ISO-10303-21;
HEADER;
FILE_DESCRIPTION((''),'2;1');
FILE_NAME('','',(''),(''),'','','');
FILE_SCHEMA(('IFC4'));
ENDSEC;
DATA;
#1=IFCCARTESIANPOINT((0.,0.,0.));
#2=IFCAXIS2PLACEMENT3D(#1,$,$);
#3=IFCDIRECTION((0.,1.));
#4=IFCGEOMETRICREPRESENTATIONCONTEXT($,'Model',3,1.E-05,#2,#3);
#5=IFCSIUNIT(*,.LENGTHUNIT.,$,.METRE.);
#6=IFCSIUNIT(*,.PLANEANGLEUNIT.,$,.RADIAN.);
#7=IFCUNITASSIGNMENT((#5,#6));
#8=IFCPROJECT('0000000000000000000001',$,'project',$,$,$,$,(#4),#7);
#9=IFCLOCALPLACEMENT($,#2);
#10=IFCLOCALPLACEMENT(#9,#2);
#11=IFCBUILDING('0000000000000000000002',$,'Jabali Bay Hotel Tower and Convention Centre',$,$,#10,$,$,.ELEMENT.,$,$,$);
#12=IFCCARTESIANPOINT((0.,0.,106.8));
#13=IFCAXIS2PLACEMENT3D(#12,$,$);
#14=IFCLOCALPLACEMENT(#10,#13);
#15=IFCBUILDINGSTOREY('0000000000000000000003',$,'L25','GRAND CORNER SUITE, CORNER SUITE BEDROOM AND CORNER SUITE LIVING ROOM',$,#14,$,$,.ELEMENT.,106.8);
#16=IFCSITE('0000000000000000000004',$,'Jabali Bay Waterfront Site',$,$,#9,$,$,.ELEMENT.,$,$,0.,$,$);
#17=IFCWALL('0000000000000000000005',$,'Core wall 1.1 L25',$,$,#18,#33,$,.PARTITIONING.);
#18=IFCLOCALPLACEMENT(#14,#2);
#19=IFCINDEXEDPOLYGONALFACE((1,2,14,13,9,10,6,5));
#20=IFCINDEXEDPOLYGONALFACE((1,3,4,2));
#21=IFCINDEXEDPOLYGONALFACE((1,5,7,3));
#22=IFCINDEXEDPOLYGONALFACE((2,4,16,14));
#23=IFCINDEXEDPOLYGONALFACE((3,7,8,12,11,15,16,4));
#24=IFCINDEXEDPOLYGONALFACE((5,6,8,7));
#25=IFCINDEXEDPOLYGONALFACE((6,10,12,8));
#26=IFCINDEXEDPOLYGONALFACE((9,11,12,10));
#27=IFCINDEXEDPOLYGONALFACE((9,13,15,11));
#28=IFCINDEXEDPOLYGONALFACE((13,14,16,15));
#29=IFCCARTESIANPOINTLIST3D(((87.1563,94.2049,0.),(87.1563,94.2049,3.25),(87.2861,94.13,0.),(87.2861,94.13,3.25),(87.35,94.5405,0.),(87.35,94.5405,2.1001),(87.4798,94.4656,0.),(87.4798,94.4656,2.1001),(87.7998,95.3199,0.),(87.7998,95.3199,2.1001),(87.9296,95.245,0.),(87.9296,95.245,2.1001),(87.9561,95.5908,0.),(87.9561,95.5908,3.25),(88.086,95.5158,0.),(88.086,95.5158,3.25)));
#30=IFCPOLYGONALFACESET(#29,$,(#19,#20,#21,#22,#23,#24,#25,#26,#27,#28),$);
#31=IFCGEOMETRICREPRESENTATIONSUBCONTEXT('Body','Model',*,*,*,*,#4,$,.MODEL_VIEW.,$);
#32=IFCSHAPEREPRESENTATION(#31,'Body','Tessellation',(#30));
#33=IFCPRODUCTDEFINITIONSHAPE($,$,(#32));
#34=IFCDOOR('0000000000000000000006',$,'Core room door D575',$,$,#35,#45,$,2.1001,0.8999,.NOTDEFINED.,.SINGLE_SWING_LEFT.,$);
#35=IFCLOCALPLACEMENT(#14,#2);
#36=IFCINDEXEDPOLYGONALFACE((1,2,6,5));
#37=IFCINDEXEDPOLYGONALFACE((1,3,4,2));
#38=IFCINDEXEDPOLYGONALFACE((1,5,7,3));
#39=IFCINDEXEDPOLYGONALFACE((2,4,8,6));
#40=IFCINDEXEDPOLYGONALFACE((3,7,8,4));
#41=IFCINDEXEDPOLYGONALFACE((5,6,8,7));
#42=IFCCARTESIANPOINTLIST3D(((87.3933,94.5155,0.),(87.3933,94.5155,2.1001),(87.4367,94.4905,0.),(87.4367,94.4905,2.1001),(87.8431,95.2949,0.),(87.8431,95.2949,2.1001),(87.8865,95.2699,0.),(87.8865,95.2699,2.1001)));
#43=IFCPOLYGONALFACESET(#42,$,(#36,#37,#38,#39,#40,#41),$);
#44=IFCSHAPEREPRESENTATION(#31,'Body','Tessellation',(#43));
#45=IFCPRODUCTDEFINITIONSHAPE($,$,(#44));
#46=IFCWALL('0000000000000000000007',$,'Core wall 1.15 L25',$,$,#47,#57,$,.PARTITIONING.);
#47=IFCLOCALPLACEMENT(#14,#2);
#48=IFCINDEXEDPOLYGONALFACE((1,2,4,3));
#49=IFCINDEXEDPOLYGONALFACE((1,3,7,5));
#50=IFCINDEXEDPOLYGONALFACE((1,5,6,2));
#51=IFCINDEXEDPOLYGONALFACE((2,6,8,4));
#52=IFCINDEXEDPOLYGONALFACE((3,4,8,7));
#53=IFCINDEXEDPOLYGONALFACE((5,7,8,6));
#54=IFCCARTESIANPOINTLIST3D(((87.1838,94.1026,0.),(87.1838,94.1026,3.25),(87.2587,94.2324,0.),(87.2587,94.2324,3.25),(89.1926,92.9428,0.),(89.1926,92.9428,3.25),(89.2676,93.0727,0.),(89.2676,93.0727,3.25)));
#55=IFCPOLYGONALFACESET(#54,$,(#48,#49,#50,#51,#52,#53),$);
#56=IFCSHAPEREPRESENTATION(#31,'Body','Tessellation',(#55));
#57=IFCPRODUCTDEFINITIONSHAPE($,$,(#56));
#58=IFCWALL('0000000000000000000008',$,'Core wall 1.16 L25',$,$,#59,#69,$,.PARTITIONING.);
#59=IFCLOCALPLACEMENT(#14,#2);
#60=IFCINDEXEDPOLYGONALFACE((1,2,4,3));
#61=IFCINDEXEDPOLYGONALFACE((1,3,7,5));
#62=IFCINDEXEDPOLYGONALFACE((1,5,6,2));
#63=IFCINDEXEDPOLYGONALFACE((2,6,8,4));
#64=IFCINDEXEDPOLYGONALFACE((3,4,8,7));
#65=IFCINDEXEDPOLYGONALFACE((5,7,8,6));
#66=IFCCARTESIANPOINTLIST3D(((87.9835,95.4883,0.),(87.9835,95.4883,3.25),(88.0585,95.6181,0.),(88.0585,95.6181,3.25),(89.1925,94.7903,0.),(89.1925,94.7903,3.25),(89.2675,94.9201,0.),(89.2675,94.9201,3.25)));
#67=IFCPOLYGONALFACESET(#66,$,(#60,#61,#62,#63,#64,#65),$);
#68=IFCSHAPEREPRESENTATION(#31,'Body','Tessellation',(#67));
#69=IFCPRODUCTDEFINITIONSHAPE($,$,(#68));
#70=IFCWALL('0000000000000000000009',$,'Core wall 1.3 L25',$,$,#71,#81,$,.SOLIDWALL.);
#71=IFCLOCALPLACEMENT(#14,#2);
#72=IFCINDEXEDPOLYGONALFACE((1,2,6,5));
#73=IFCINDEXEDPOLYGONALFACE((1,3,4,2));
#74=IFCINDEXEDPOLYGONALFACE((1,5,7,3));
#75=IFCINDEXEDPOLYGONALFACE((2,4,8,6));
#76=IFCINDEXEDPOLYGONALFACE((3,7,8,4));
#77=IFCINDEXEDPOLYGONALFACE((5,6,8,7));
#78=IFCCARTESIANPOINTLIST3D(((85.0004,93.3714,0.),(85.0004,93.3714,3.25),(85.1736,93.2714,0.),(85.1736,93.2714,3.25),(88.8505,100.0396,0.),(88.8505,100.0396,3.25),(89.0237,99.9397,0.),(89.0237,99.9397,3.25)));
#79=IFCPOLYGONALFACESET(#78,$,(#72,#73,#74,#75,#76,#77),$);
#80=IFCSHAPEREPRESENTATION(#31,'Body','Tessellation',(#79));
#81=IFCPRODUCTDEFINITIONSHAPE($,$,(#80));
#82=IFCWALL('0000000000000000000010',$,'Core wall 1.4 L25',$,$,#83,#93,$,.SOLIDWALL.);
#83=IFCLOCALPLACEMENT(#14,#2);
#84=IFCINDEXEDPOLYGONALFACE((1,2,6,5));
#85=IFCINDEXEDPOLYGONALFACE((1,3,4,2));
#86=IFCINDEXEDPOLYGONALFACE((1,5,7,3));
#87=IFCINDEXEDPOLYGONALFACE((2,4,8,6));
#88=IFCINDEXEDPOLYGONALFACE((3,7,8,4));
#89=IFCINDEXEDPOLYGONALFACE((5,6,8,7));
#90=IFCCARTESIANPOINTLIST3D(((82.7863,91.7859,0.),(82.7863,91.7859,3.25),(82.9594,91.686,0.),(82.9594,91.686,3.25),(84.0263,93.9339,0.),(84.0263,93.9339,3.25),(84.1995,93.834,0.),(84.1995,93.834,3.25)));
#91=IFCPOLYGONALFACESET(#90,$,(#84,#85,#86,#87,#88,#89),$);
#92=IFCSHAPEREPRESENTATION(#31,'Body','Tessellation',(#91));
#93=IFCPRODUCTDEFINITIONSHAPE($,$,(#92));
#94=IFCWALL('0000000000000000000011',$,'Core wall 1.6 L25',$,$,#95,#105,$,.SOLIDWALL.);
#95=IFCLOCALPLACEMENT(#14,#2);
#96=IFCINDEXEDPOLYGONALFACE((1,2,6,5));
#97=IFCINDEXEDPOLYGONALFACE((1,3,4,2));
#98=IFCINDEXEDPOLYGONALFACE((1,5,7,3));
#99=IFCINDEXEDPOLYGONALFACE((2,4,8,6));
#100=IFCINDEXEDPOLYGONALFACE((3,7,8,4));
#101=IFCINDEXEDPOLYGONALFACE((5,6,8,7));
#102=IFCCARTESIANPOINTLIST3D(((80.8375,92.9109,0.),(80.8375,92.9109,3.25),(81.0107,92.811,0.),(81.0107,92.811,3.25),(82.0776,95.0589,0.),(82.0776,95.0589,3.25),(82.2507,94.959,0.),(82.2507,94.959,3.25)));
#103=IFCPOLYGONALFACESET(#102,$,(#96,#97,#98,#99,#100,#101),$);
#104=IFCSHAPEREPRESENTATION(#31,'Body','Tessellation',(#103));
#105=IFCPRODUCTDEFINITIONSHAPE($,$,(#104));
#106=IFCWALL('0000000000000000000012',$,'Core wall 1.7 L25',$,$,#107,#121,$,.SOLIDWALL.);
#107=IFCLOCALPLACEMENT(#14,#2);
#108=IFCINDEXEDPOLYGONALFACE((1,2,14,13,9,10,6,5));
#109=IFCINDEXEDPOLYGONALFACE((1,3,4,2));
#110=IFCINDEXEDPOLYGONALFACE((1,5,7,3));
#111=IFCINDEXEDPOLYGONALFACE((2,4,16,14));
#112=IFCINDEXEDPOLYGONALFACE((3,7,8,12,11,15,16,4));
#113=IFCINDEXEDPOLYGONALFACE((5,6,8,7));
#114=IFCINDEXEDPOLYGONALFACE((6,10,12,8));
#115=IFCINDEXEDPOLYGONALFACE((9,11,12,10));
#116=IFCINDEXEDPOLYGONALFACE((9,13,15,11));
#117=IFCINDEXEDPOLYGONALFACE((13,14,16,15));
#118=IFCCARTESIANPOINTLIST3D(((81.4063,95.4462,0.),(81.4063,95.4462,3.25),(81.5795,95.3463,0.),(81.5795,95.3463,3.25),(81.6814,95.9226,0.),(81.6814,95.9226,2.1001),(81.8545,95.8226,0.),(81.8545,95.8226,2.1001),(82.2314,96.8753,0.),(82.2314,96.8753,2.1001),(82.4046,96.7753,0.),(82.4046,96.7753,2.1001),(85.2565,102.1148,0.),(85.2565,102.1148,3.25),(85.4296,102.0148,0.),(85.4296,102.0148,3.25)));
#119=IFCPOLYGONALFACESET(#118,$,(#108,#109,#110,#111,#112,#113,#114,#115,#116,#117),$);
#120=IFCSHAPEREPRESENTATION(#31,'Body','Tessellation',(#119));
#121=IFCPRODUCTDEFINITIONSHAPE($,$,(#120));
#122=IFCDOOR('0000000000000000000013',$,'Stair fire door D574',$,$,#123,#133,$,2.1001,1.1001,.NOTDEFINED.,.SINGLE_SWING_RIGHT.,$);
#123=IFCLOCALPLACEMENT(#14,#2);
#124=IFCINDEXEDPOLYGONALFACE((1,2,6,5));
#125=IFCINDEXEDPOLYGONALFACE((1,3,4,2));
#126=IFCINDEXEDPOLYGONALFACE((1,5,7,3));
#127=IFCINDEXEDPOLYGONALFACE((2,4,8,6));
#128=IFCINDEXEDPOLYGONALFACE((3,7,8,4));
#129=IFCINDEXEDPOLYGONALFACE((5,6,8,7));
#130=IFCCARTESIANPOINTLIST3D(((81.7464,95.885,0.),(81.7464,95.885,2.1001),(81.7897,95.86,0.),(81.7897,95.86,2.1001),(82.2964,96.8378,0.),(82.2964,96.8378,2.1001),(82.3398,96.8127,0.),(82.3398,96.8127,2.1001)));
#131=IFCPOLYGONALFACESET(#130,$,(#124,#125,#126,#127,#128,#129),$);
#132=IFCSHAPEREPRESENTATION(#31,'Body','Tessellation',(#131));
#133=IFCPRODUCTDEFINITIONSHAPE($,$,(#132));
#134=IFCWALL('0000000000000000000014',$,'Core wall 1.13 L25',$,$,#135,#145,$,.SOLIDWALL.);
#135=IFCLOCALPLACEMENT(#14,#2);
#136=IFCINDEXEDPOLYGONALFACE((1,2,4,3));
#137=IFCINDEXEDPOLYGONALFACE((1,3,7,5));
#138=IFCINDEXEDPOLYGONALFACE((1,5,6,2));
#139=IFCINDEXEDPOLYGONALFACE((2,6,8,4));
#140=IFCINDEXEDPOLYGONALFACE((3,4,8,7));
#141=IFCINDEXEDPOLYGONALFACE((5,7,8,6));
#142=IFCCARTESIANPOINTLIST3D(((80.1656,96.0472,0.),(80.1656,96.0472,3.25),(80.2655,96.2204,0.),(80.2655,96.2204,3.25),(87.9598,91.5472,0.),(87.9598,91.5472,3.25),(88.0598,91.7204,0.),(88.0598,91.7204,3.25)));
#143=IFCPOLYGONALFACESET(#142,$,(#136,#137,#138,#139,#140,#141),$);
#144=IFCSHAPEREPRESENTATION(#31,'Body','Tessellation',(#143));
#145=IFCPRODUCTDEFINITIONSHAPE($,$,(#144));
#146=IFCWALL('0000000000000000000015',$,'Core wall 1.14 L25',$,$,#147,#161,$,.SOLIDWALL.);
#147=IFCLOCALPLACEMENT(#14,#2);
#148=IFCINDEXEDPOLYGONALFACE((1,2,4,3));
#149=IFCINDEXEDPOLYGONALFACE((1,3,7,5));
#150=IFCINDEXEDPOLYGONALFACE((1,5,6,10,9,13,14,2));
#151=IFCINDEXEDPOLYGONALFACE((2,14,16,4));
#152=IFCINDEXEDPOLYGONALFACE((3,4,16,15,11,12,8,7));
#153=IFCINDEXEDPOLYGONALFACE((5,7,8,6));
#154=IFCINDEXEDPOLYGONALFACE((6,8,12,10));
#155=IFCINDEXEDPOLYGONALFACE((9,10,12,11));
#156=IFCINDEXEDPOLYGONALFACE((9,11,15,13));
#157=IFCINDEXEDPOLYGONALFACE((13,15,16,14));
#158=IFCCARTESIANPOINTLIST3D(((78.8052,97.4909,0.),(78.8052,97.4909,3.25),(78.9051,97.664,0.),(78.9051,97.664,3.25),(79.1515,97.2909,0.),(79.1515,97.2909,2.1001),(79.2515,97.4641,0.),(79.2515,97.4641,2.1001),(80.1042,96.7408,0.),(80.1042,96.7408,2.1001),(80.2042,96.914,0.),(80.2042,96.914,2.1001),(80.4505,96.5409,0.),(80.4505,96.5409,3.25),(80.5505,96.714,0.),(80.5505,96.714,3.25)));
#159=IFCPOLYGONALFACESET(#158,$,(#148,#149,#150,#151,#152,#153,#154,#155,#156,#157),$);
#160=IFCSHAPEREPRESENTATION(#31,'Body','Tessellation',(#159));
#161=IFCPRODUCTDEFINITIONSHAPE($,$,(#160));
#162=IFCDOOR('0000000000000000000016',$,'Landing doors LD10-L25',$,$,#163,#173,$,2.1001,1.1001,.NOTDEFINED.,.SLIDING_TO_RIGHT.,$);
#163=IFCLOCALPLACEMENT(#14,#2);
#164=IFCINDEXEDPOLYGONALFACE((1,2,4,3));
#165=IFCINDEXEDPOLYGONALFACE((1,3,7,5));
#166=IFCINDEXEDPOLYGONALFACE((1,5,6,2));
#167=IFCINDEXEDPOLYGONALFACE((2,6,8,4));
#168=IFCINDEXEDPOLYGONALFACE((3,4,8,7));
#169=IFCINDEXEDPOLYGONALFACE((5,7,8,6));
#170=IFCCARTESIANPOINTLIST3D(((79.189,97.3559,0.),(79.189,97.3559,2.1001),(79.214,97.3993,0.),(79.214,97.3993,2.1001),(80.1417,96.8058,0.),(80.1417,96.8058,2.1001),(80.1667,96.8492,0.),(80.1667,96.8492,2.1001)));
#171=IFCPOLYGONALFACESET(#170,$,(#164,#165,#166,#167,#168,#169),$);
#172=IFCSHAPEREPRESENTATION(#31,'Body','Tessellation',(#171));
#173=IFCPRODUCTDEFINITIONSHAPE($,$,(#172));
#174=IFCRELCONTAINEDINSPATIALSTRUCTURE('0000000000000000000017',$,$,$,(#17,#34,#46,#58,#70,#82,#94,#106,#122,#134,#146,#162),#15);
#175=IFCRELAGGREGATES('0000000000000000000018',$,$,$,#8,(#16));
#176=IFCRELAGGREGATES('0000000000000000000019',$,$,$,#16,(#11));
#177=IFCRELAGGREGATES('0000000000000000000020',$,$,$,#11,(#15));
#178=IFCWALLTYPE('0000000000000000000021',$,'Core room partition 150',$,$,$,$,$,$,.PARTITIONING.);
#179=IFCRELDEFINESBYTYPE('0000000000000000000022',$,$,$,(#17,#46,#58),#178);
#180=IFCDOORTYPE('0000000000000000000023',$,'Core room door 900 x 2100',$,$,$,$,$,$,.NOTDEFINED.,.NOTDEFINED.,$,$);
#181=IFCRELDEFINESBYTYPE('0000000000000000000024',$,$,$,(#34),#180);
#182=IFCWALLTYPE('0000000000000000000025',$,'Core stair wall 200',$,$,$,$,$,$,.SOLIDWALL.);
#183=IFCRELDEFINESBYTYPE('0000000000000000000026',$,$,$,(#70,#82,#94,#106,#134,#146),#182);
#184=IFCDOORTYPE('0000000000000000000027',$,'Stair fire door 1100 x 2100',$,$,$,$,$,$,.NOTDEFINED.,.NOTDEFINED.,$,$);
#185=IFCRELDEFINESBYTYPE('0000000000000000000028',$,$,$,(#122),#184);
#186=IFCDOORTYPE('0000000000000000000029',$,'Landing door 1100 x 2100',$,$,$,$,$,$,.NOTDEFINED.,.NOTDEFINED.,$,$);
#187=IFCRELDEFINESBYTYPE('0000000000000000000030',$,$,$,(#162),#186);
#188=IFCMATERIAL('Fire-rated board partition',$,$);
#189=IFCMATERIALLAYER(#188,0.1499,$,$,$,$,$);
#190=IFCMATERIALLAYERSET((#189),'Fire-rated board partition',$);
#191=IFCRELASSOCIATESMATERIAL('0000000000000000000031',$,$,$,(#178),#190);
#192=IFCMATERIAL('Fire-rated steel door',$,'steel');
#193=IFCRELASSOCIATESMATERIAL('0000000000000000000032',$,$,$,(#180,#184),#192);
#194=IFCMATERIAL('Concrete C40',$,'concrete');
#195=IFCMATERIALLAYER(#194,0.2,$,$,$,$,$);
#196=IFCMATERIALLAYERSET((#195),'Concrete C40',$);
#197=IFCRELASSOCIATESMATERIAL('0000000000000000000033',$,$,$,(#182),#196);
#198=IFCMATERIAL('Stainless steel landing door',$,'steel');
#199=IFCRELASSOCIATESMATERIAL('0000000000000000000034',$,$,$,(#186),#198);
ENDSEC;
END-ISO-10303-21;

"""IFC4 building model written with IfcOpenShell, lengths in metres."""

from ifc_helpers import new_model, si_unit, direction, frame, frame_2d, origin, place, context, subcontext, project, spatial, rectangle, extrude, material, layer, layer_set, type_object, element, fill, save


model = new_model("IFC4")

# Units and contexts
model_context = context("Model", 3, precision=1e-05, world=origin(), true_north=direction((0.0, 1.0)))
body_context = subcontext(model_context, "Body", "Model", "MODEL_VIEW")
ifc_project = project(units=[si_unit("LENGTHUNIT", "METRE"), si_unit("PLANEANGLEUNIT", "RADIAN")], contexts=[model_context])

# Site, building, storey
site_placement = place(None, origin())
site = spatial("IfcSite", under=ifc_project, at=site_placement, Name="Jabali Bay Waterfront Site", CompositionType="ELEMENT", RefElevation=0.0)
building_placement = place(site_placement, origin())
building = spatial("IfcBuilding", under=site, at=building_placement, Name="Jabali Bay Hotel Tower and Convention Centre", CompositionType="ELEMENT")
storey_placement = place(building_placement, frame((0.0, 0.0, 106.8)))
storey = spatial("IfcBuildingStorey", under=building, at=storey_placement, Name="L25", Description="GRAND CORNER SUITE, CORNER SUITE BEDROOM AND CORNER SUITE LIVING ROOM", CompositionType="ELEMENT", Elevation=106.8)

# Wall, opening, door
ifc_material_1 = material(Name="Fire-rated board partition")
ifc_layer_1 = layer(ifc_material_1, 0.1499)
ifc_layer_set_1 = layer_set([ifc_layer_1], Name="Fire-rated board partition")
wall_type_1 = type_object("IfcWallType", Name="Core room partition 150", PredefinedType="PARTITIONING", material=ifc_layer_set_1)
wall_1_placement = place(storey_placement, frame((87.2212, 94.1675, 0.0), z_axis=(0.0, 0.0, 1.0), x_axis=(0.499881, 0.866094, 0.0)))
wall_1 = element("IfcWall", 1, at=wall_1_placement, inside=storey, type_object=wall_type_1, Name="Core wall 1.1 L25", PredefinedType="PARTITIONING", context=body_context, shape_type="SweptSolid", body=[
    extrude(rectangle(XDim=1.6001, YDim=0.1499, at=frame_2d((0.8, 0.0))), origin(), (0.0, 0.0, 1.0), 3.25),
])
opening_1_placement = place(wall_1_placement, frame((0.3875, 0.0, 0.0)))
opening_1 = element("IfcOpeningElement", 2, at=opening_1_placement, cuts=wall_1, PredefinedType="OPENING", context=body_context, shape_type="SweptSolid", body=[
    extrude(rectangle(XDim=0.8999, YDim=2.1001, at=frame_2d((0.45, 1.05))), frame((0.0, 0.0854, 0.0), z_axis=(0.0, -1.0, 0.0), x_axis=(1.0, 0.0, 0.0)), (0.0, 0.0, 1.0), 0.1709),
])
ifc_material_2 = material(Name="Fire-rated steel door", Category="steel")
door_type_1 = type_object("IfcDoorType", Name="Core room door 900 x 2100", OperationType="NOTDEFINED", PredefinedType="NOTDEFINED", material=ifc_material_2)
door_1_placement = place(opening_1_placement, origin())
door_1 = element("IfcDoor", 3, at=door_1_placement, inside=storey, type_object=door_type_1, Name="Core room door D575", OperationType="SINGLE_SWING_LEFT", OverallHeight=2.1001, OverallWidth=0.8999, PredefinedType="NOTDEFINED", context=body_context, shape_type="SweptSolid", body=[
    extrude(rectangle(XDim=0.8999, YDim=2.1001, at=frame_2d((0.45, 1.05))), frame((0.0, 0.0249, 0.0), z_axis=(0.0, -1.0, 0.0), x_axis=(1.0, 0.0, 0.0)), (0.0, 0.0, 1.0), 0.05),
])
fill(opening_1, door_1)

# Walls
wall_2_placement = place(storey_placement, frame((89.23, 93.0078, 0.0), z_axis=(0.0, 0.0, 1.0), x_axis=(-0.866045, 0.499965, 0.0)))
element("IfcWall", 4, at=wall_2_placement, inside=storey, type_object=wall_type_1, Name="Core wall 1.15 L25", PredefinedType="PARTITIONING", context=body_context, shape_type="SweptSolid", body=[
    extrude(rectangle(XDim=2.3196, YDim=0.1499, at=frame_2d((1.1597, 0.0))), origin(), (0.0, 0.0, 1.0), 3.25),
])
wall_3_placement = place(storey_placement, frame((89.23, 94.8552, 0.0), z_axis=(0.0, 0.0, 1.0), x_axis=(-0.866028, 0.499995, 0.0)))
element("IfcWall", 5, at=wall_3_placement, inside=storey, type_object=wall_type_1, Name="Core wall 1.16 L25", PredefinedType="PARTITIONING", context=body_context, shape_type="SweptSolid", body=[
    extrude(rectangle(XDim=1.396, YDim=0.1499, at=frame_2d((0.698, 0.0))), origin(), (0.0, 0.0, 1.0), 3.25),
])
ifc_material_3 = material(Name="Concrete C40", Category="concrete")
ifc_layer_2 = layer(ifc_material_3, 0.2)
ifc_layer_set_2 = layer_set([ifc_layer_2], Name="Concrete C40")
wall_type_2 = type_object("IfcWallType", Name="Core stair wall 200", PredefinedType="SOLIDWALL", material=ifc_layer_set_2)
wall_4_placement = place(storey_placement, frame((85.0869, 93.3213, 0.0), z_axis=(0.0, 0.0, 1.0), x_axis=(0.50002, 0.866014, 0.0)))
element("IfcWall", 6, at=wall_4_placement, inside=storey, type_object=wall_type_2, Name="Core wall 1.3 L25", PredefinedType="SOLIDWALL", context=body_context, shape_type="SweptSolid", body=[
    extrude(rectangle(XDim=7.7, YDim=0.2, at=frame_2d((3.8501, 0.0))), origin(), (0.0, 0.0, 1.0), 3.25),
])
for number, where, z_axis, x_axis, name in (
    (7, (82.8728, 91.7358, 0.0), (0.0, 0.0, 1.0), (0.499961, 0.866048, 0.0), "Core wall 1.4 L25"),
    (8, (80.9241, 92.8608, 0.0), (0.0, 0.0, 1.0), (0.499961, 0.866048, 0.0), "Core wall 1.6 L25"),
):
    element("IfcWall", number, at=place(storey_placement, frame(where, z_axis=z_axis, x_axis=x_axis)), inside=storey, type_object=wall_type_2, Name=name, PredefinedType="SOLIDWALL", context=body_context, shape_type="SweptSolid", body=[
        extrude(rectangle(XDim=2.4802, YDim=0.2, at=frame_2d((1.2402, 0.0))), origin(), (0.0, 0.0, 1.0), 3.25),
    ])

# Wall, opening, door
wall_5_placement = place(storey_placement, frame((81.4929, 95.3962, 0.0), z_axis=(0.0, 0.0, 1.0), x_axis=(0.500006, 0.866022, 0.0)))
wall_5 = element("IfcWall", 9, at=wall_5_placement, inside=storey, type_object=wall_type_2, Name="Core wall 1.7 L25", PredefinedType="SOLIDWALL", context=body_context, shape_type="SweptSolid", body=[
    extrude(rectangle(XDim=7.7002, YDim=0.2, at=frame_2d((3.8501, 0.0))), origin(), (0.0, 0.0, 1.0), 3.25),
])
opening_2_placement = place(wall_5_placement, frame((0.55, 0.0, 0.0)))
opening_2 = element("IfcOpeningElement", 10, at=opening_2_placement, cuts=wall_5, PredefinedType="OPENING", context=body_context, shape_type="SweptSolid", body=[
    extrude(rectangle(XDim=1.1001, YDim=2.1001, at=frame_2d((0.55, 1.05))), frame((0.0, 0.1104, 0.0), z_axis=(0.0, -1.0, 0.0), x_axis=(1.0, 0.0, 0.0)), (0.0, 0.0, 1.0), 0.2209),
])
door_type_2 = type_object("IfcDoorType", Name="Stair fire door 1100 x 2100", OperationType="NOTDEFINED", PredefinedType="NOTDEFINED", material=ifc_material_2)
door_2_placement = place(opening_2_placement, origin())
door_2 = element("IfcDoor", 11, at=door_2_placement, inside=storey, type_object=door_type_2, Name="Stair fire door D574", OperationType="SINGLE_SWING_RIGHT", OverallHeight=2.1001, OverallWidth=1.1001, PredefinedType="NOTDEFINED", context=body_context, shape_type="SweptSolid", body=[
    extrude(rectangle(XDim=1.1001, YDim=2.1001, at=frame_2d((0.55, 1.05))), frame((0.0, 0.0249, 0.0), z_axis=(0.0, -1.0, 0.0), x_axis=(1.0, 0.0, 0.0)), (0.0, 0.0, 1.0), 0.05),
])
fill(opening_2, door_2)

# Wall
wall_6_placement = place(storey_placement, frame((88.0098, 91.6338, 0.0), z_axis=(0.0, 0.0, 1.0), x_axis=(-0.866024, 0.500002, 0.0)))
element("IfcWall", 12, at=wall_6_placement, inside=storey, type_object=wall_type_2, Name="Core wall 1.13 L25", PredefinedType="SOLIDWALL", context=body_context, shape_type="SweptSolid", body=[
    extrude(rectangle(XDim=9.0, YDim=0.2, at=frame_2d((4.5, 0.0))), origin(), (0.0, 0.0, 1.0), 3.25),
])

# Wall, opening, door
wall_7_placement = place(storey_placement, frame((80.5005, 96.6274, 0.0), z_axis=(0.0, 0.0, 1.0), x_axis=(-0.866012, 0.500023, 0.0)))
wall_7 = element("IfcWall", 13, at=wall_7_placement, inside=storey, type_object=wall_type_2, Name="Core wall 1.14 L25", PredefinedType="SOLIDWALL", context=body_context, shape_type="SweptSolid", body=[
    extrude(rectangle(XDim=1.8999, YDim=0.2, at=frame_2d((0.95, 0.0))), origin(), (0.0, 0.0, 1.0), 3.25),
])
opening_3_placement = place(wall_7_placement, frame((0.3999, 0.0, 0.0)))
opening_3 = element("IfcOpeningElement", 14, at=opening_3_placement, cuts=wall_7, PredefinedType="OPENING", context=body_context, shape_type="SweptSolid", body=[
    extrude(rectangle(XDim=1.1001, YDim=2.1001, at=frame_2d((0.55, 1.05))), frame((0.0, 0.1104, 0.0), z_axis=(0.0, -1.0, 0.0), x_axis=(1.0, 0.0, 0.0)), (0.0, 0.0, 1.0), 0.2209),
])
ifc_material_4 = material(Name="Stainless steel landing door", Category="steel")
door_type_3 = type_object("IfcDoorType", Name="Landing door 1100 x 2100", OperationType="NOTDEFINED", PredefinedType="NOTDEFINED", material=ifc_material_4)
door_3_placement = place(opening_3_placement, origin())
door_3 = element("IfcDoor", 15, at=door_3_placement, inside=storey, type_object=door_type_3, Name="Landing doors LD10-L25", OperationType="SLIDING_TO_RIGHT", OverallHeight=2.1001, OverallWidth=1.1001, PredefinedType="NOTDEFINED", context=body_context, shape_type="SweptSolid", body=[
    extrude(rectangle(XDim=1.1001, YDim=2.1001, at=frame_2d((0.55, 1.05))), frame((0.0, 0.0249, 0.0), z_axis=(0.0, -1.0, 0.0), x_axis=(1.0, 0.0, 0.0)), (0.0, 0.0, 1.0), 0.05),
])
fill(opening_3, door_3)

save(model, "model.ifc")
